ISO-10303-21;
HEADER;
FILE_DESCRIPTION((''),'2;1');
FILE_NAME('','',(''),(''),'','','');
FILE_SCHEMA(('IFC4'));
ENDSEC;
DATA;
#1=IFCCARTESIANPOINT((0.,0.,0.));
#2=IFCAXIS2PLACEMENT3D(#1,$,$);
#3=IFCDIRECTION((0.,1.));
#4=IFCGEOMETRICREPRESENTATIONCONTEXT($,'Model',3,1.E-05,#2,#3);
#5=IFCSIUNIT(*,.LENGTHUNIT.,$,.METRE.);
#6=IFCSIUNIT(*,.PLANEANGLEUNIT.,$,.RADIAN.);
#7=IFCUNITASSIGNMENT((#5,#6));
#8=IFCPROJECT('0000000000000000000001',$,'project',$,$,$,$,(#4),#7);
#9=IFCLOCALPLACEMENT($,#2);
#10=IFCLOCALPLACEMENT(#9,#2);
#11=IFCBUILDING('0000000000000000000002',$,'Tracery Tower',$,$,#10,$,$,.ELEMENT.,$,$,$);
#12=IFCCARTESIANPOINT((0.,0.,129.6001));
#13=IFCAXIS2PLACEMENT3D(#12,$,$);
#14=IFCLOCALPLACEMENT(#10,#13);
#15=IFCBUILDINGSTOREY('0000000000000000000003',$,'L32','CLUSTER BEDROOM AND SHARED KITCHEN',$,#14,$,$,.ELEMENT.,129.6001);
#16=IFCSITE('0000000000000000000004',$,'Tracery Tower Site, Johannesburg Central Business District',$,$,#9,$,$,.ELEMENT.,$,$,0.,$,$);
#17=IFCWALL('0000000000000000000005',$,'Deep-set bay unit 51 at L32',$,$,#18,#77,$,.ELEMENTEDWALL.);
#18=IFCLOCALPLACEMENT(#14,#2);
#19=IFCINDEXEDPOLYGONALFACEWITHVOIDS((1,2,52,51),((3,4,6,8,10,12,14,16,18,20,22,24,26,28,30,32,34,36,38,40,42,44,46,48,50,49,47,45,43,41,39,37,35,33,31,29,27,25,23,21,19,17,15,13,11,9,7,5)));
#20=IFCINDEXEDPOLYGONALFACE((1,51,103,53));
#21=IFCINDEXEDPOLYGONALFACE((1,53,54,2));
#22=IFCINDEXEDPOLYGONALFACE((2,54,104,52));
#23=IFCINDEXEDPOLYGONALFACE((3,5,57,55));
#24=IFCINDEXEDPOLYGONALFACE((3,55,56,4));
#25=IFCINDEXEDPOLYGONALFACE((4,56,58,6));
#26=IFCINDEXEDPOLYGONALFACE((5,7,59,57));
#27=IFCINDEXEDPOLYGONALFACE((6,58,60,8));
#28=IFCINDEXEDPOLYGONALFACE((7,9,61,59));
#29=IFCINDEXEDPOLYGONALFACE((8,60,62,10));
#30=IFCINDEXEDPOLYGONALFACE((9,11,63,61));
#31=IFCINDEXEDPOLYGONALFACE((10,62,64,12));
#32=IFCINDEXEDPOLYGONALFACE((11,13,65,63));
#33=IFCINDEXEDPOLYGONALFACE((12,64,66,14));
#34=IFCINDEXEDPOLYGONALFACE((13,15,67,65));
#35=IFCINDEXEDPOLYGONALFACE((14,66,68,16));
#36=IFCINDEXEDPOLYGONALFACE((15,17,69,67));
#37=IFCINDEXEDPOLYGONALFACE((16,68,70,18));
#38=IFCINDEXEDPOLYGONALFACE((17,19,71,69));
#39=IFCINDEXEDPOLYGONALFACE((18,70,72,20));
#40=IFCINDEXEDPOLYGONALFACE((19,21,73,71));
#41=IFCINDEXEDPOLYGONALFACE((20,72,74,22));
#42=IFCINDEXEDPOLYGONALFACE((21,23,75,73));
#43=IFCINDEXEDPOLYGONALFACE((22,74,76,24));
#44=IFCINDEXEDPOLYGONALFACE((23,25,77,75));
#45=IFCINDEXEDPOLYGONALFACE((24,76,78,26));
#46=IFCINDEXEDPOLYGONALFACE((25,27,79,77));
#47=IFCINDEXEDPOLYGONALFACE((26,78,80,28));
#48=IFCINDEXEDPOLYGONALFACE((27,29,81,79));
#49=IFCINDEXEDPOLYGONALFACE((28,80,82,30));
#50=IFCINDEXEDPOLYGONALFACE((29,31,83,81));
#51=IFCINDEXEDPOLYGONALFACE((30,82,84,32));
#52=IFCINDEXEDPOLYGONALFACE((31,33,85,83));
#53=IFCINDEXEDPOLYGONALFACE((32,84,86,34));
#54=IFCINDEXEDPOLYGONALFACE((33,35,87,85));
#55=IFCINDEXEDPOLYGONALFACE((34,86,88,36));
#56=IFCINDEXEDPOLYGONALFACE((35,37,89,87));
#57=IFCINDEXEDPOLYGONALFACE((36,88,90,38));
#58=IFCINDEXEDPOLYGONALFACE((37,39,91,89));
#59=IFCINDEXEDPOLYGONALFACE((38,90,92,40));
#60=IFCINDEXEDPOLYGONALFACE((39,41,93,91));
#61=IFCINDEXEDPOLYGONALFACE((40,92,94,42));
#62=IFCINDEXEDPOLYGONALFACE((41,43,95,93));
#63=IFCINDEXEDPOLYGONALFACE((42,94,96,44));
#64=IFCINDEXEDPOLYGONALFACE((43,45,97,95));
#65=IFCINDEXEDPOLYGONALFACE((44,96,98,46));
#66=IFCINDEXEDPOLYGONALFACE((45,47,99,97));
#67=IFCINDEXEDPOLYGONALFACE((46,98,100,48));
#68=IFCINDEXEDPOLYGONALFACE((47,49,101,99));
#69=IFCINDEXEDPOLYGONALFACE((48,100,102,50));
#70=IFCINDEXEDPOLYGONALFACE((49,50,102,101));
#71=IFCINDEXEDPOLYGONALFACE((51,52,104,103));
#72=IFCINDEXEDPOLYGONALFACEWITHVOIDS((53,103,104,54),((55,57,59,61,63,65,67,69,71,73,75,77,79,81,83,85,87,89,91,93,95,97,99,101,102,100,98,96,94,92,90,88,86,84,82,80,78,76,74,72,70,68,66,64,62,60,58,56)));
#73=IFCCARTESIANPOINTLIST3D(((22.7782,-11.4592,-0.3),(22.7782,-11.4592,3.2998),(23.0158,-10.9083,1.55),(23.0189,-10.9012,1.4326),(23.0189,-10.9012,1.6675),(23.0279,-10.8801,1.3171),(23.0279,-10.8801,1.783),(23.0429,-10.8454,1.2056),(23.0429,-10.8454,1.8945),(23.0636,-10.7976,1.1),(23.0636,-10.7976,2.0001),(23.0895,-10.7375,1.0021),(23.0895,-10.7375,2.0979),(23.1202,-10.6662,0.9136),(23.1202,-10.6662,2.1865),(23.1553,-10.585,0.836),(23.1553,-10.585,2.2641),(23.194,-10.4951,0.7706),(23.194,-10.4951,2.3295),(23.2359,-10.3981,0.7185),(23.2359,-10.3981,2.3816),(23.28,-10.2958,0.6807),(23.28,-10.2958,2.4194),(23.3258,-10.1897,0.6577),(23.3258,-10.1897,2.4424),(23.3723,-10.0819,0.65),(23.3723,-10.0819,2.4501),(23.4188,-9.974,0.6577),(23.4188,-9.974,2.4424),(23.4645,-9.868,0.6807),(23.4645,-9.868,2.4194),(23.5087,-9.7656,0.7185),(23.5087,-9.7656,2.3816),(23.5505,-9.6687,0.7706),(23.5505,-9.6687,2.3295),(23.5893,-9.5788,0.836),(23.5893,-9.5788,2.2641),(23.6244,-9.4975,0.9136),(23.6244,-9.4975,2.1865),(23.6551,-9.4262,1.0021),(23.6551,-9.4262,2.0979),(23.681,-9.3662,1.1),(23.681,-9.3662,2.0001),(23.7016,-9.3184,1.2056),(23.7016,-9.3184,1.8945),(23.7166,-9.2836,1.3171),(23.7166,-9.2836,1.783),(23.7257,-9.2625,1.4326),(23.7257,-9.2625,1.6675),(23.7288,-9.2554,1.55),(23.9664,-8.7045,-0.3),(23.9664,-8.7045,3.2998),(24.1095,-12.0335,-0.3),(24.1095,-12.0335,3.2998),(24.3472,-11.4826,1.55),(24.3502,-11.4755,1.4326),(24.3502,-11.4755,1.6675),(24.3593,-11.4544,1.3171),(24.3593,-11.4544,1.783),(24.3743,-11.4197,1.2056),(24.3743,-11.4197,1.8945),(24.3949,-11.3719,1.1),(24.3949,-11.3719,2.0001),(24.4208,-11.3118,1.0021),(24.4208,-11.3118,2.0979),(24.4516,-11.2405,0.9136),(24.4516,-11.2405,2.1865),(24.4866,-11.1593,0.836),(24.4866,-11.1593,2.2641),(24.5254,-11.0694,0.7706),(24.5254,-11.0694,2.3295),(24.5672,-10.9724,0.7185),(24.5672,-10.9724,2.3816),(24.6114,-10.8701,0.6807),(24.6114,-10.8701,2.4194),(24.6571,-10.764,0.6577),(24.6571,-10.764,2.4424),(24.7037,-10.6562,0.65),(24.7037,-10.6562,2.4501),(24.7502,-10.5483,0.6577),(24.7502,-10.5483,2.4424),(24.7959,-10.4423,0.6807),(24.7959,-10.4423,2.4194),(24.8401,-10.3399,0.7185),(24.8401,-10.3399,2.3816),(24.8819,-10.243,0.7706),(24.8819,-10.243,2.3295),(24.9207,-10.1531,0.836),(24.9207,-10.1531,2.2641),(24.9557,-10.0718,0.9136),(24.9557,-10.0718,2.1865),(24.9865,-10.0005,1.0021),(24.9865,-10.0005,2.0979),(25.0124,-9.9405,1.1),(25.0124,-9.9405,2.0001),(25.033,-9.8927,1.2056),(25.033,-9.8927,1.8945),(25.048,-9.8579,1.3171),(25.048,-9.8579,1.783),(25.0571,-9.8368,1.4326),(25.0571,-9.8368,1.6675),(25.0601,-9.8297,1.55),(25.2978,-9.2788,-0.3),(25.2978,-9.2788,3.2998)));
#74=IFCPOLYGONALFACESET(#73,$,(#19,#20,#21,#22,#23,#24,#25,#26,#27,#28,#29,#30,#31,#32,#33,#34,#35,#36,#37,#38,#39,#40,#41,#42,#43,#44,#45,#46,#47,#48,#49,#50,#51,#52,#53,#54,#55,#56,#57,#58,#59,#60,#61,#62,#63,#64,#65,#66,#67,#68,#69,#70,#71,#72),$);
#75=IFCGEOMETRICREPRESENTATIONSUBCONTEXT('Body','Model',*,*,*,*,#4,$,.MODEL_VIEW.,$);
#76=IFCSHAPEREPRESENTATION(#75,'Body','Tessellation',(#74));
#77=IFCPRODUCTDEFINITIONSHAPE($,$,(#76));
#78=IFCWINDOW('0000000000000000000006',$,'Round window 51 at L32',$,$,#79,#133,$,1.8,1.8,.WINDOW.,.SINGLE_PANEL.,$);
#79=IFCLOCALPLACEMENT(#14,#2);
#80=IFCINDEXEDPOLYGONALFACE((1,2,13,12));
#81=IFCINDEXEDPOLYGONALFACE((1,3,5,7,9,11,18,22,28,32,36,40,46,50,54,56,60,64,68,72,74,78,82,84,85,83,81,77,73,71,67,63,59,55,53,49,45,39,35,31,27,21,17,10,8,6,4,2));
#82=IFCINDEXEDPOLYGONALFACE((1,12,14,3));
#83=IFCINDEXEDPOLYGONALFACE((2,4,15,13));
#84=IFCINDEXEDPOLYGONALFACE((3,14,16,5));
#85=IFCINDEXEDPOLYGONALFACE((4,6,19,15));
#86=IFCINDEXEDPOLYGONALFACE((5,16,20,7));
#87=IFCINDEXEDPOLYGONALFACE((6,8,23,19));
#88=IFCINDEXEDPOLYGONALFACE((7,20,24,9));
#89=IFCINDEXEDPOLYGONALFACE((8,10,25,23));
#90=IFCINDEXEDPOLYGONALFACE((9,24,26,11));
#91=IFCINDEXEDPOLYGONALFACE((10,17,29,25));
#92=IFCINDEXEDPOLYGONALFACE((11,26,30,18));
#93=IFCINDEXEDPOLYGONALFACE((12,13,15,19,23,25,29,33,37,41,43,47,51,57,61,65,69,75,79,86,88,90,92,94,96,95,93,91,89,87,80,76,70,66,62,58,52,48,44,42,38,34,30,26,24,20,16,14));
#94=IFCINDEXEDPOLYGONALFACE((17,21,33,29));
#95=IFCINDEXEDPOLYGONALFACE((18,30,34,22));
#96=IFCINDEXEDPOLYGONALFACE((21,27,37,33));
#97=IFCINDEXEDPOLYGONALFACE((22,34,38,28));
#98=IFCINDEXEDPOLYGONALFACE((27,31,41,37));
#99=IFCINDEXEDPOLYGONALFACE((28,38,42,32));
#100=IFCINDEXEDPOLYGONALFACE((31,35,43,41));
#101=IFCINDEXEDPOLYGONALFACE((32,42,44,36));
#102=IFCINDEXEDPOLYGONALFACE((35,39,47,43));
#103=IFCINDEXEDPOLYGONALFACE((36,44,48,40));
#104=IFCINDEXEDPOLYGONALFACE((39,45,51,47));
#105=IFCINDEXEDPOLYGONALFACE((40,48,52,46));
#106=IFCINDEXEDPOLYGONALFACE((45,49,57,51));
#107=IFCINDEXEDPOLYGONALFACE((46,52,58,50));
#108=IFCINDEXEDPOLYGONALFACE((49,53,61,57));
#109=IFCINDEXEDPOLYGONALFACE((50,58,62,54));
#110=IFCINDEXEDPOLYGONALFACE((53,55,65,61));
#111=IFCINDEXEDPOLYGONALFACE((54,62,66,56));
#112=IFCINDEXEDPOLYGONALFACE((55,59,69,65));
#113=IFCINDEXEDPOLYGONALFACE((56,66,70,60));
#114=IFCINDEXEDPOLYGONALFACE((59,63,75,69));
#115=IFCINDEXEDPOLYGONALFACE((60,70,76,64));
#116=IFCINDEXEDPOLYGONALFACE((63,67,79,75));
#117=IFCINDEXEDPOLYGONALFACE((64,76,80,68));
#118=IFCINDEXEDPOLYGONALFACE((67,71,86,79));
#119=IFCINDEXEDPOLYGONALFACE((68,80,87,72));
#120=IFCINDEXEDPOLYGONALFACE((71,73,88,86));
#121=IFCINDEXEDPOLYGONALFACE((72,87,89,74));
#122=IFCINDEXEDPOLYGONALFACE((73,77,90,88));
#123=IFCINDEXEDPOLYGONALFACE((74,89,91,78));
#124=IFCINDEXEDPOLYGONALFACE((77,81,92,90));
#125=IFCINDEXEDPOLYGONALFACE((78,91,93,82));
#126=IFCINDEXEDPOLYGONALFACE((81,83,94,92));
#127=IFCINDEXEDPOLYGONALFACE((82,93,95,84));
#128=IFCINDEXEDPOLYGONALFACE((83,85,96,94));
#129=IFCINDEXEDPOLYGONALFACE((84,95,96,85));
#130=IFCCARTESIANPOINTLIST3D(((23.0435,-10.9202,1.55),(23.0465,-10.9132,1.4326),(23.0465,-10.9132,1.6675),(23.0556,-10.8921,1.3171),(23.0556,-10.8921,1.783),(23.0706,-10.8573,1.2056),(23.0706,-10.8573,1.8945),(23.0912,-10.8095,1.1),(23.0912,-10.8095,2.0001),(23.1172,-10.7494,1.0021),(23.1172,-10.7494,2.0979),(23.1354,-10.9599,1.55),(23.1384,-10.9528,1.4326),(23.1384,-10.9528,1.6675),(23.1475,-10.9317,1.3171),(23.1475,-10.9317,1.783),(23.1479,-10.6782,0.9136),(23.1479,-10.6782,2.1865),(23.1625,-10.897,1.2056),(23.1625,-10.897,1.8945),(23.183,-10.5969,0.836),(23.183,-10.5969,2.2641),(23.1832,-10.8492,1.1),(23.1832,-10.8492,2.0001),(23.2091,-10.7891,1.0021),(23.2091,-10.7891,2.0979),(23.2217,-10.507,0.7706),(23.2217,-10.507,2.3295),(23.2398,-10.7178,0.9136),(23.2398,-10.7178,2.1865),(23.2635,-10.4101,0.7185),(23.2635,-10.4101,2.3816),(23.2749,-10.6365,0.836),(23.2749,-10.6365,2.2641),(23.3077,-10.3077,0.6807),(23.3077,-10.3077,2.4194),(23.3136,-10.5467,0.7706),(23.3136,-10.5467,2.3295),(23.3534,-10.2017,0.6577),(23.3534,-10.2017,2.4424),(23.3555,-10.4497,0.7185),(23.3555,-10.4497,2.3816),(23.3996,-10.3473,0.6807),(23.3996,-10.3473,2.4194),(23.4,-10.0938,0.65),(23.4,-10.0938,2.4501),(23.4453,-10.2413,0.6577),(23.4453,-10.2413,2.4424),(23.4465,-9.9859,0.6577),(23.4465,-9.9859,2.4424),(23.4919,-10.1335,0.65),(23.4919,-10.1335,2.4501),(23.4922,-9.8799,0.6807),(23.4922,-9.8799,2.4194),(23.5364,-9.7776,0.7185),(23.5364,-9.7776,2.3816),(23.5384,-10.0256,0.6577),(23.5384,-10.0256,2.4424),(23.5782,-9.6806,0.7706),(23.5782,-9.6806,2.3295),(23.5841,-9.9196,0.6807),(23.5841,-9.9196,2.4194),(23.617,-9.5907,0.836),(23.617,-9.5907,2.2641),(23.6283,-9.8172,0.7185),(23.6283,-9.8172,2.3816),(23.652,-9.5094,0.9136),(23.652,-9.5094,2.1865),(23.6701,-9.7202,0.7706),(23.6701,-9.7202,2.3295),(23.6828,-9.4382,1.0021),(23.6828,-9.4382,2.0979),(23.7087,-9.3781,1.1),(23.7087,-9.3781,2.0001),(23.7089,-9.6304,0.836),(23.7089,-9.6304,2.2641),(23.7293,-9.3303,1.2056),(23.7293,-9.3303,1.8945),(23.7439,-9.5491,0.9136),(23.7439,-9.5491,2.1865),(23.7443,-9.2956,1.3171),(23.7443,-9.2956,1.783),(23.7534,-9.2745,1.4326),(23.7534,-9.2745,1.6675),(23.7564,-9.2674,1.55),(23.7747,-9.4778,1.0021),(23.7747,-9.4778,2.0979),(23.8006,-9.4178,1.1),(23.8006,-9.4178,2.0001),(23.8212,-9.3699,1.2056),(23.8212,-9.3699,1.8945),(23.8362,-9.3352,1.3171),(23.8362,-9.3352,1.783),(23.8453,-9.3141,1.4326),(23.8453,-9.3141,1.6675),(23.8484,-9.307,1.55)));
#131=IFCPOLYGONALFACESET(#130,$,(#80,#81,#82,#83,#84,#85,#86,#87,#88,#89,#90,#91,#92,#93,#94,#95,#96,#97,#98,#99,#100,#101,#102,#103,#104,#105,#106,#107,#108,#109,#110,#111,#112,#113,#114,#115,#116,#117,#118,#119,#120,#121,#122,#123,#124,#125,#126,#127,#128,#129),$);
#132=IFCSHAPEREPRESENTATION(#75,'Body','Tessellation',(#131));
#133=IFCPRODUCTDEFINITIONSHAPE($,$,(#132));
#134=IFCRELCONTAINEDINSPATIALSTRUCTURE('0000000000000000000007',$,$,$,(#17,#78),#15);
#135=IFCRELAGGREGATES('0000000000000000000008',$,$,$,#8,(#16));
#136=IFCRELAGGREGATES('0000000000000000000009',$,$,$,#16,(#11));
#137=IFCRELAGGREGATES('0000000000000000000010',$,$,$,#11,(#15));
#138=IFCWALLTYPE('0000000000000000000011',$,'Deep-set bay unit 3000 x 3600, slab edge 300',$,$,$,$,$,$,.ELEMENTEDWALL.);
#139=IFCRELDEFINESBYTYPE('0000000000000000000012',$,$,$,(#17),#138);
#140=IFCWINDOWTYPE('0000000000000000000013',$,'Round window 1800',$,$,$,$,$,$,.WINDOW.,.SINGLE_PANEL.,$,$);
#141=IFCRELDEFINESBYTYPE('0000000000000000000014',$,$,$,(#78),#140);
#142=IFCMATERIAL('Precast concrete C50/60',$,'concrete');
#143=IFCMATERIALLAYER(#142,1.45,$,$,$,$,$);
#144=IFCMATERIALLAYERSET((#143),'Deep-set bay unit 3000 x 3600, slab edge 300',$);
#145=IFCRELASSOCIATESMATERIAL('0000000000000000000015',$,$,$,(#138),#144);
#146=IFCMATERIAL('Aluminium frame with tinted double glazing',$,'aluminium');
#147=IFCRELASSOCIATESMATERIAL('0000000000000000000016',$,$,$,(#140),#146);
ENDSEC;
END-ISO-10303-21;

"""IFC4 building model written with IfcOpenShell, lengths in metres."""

from ifc_helpers import new_model, si_unit, direction, frame, frame_2d, origin, origin_2d, place, context, subcontext, project, spatial, rectangle, circle, extrude, material, layer, layer_set, type_object, element, fill, save


model = new_model("IFC4")

# Units and contexts
model_context = context("Model", 3, precision=1e-05, world=origin(), true_north=direction((0.0, 1.0)))
body_context = subcontext(model_context, "Body", "Model", "MODEL_VIEW")
ifc_project = project(units=[si_unit("LENGTHUNIT", "METRE"), si_unit("PLANEANGLEUNIT", "RADIAN")], contexts=[model_context])

# Site, building, storey
site_placement = place(None, origin())
site = spatial("IfcSite", under=ifc_project, at=site_placement, Name="Tracery Tower Site, Johannesburg Central Business District", CompositionType="ELEMENT", RefElevation=0.0)
building_placement = place(site_placement, origin())
building = spatial("IfcBuilding", under=site, at=building_placement, Name="Tracery Tower", CompositionType="ELEMENT")
storey_placement = place(building_placement, frame((0.0, 0.0, 129.6001)))
storey = spatial("IfcBuildingStorey", under=building, at=storey_placement, Name="L32", Description="CLUSTER BEDROOM AND SHARED KITCHEN", CompositionType="ELEMENT", Elevation=129.6001)

# Wall, opening, window
ifc_material_1 = material(Name="Precast concrete C50/60", Category="concrete")
ifc_layer_1 = layer(ifc_material_1, 1.45)
ifc_layer_set_1 = layer_set([ifc_layer_1], Name="Deep-set bay unit 3000 x 3600, slab edge 300")
wall_type_1 = type_object("IfcWallType", Name="Deep-set bay unit 3000 x 3600, slab edge 300", PredefinedType="ELEMENTEDWALL", material=ifc_layer_set_1)
ifc_material_2 = material(Name="Aluminium frame with tinted double glazing", Category="aluminium")
window_type = type_object("IfcWindowType", Name="Round window 1800", PartitioningType="SINGLE_PANEL", PredefinedType="WINDOW", material=ifc_material_2)
wall_1_placement = place(storey_placement, frame((23.4438, -11.7463, -0.3), z_axis=(0.0, 0.0, 1.0), x_axis=(0.396079, 0.918216, 0.0)))
wall_1 = element("IfcWall", 1, at=wall_1_placement, inside=storey, type_object=wall_type_1, Name="Deep-set bay unit 51 at L32", PredefinedType="ELEMENTEDWALL", context=body_context, shape_type="SweptSolid", body=[
    extrude(rectangle(XDim=3.0, YDim=1.45, at=frame_2d((1.5, 0.0))), origin(), (0.0, 0.0, 1.0), 3.5999),
])
opening_1_placement = place(wall_1_placement, frame((1.5, 0.0, 1.8501)))
opening_1 = element("IfcOpeningElement", 2, at=opening_1_placement, cuts=wall_1, PredefinedType="OPENING", context=body_context, shape_type="SweptSolid", body=[
    extrude(circle(Radius=0.9, at=origin_2d()), frame((0.0, 0.7349, 0.0), z_axis=(0.0, -1.0, 0.0), x_axis=(1.0, 0.0, 0.0)), (0.0, 0.0, 1.0), 1.47),
])
window_1_placement = place(opening_1_placement, origin())
window_1 = element("IfcWindow", 3, at=window_1_placement, inside=storey, type_object=window_type, Name="Round window 51 at L32", OverallHeight=1.8, OverallWidth=1.8, PartitioningType="SINGLE_PANEL", PredefinedType="WINDOW", context=body_context, shape_type="SweptSolid", body=[
    extrude(circle(Radius=0.9, at=origin_2d()), frame((0.0, 0.6948, 0.0), z_axis=(0.0, -1.0, 0.0), x_axis=(1.0, 0.0, 0.0)), (0.0, 0.0, 1.0), 0.1001),
])
fill(opening_1, window_1)

save(model, "model.ifc")
